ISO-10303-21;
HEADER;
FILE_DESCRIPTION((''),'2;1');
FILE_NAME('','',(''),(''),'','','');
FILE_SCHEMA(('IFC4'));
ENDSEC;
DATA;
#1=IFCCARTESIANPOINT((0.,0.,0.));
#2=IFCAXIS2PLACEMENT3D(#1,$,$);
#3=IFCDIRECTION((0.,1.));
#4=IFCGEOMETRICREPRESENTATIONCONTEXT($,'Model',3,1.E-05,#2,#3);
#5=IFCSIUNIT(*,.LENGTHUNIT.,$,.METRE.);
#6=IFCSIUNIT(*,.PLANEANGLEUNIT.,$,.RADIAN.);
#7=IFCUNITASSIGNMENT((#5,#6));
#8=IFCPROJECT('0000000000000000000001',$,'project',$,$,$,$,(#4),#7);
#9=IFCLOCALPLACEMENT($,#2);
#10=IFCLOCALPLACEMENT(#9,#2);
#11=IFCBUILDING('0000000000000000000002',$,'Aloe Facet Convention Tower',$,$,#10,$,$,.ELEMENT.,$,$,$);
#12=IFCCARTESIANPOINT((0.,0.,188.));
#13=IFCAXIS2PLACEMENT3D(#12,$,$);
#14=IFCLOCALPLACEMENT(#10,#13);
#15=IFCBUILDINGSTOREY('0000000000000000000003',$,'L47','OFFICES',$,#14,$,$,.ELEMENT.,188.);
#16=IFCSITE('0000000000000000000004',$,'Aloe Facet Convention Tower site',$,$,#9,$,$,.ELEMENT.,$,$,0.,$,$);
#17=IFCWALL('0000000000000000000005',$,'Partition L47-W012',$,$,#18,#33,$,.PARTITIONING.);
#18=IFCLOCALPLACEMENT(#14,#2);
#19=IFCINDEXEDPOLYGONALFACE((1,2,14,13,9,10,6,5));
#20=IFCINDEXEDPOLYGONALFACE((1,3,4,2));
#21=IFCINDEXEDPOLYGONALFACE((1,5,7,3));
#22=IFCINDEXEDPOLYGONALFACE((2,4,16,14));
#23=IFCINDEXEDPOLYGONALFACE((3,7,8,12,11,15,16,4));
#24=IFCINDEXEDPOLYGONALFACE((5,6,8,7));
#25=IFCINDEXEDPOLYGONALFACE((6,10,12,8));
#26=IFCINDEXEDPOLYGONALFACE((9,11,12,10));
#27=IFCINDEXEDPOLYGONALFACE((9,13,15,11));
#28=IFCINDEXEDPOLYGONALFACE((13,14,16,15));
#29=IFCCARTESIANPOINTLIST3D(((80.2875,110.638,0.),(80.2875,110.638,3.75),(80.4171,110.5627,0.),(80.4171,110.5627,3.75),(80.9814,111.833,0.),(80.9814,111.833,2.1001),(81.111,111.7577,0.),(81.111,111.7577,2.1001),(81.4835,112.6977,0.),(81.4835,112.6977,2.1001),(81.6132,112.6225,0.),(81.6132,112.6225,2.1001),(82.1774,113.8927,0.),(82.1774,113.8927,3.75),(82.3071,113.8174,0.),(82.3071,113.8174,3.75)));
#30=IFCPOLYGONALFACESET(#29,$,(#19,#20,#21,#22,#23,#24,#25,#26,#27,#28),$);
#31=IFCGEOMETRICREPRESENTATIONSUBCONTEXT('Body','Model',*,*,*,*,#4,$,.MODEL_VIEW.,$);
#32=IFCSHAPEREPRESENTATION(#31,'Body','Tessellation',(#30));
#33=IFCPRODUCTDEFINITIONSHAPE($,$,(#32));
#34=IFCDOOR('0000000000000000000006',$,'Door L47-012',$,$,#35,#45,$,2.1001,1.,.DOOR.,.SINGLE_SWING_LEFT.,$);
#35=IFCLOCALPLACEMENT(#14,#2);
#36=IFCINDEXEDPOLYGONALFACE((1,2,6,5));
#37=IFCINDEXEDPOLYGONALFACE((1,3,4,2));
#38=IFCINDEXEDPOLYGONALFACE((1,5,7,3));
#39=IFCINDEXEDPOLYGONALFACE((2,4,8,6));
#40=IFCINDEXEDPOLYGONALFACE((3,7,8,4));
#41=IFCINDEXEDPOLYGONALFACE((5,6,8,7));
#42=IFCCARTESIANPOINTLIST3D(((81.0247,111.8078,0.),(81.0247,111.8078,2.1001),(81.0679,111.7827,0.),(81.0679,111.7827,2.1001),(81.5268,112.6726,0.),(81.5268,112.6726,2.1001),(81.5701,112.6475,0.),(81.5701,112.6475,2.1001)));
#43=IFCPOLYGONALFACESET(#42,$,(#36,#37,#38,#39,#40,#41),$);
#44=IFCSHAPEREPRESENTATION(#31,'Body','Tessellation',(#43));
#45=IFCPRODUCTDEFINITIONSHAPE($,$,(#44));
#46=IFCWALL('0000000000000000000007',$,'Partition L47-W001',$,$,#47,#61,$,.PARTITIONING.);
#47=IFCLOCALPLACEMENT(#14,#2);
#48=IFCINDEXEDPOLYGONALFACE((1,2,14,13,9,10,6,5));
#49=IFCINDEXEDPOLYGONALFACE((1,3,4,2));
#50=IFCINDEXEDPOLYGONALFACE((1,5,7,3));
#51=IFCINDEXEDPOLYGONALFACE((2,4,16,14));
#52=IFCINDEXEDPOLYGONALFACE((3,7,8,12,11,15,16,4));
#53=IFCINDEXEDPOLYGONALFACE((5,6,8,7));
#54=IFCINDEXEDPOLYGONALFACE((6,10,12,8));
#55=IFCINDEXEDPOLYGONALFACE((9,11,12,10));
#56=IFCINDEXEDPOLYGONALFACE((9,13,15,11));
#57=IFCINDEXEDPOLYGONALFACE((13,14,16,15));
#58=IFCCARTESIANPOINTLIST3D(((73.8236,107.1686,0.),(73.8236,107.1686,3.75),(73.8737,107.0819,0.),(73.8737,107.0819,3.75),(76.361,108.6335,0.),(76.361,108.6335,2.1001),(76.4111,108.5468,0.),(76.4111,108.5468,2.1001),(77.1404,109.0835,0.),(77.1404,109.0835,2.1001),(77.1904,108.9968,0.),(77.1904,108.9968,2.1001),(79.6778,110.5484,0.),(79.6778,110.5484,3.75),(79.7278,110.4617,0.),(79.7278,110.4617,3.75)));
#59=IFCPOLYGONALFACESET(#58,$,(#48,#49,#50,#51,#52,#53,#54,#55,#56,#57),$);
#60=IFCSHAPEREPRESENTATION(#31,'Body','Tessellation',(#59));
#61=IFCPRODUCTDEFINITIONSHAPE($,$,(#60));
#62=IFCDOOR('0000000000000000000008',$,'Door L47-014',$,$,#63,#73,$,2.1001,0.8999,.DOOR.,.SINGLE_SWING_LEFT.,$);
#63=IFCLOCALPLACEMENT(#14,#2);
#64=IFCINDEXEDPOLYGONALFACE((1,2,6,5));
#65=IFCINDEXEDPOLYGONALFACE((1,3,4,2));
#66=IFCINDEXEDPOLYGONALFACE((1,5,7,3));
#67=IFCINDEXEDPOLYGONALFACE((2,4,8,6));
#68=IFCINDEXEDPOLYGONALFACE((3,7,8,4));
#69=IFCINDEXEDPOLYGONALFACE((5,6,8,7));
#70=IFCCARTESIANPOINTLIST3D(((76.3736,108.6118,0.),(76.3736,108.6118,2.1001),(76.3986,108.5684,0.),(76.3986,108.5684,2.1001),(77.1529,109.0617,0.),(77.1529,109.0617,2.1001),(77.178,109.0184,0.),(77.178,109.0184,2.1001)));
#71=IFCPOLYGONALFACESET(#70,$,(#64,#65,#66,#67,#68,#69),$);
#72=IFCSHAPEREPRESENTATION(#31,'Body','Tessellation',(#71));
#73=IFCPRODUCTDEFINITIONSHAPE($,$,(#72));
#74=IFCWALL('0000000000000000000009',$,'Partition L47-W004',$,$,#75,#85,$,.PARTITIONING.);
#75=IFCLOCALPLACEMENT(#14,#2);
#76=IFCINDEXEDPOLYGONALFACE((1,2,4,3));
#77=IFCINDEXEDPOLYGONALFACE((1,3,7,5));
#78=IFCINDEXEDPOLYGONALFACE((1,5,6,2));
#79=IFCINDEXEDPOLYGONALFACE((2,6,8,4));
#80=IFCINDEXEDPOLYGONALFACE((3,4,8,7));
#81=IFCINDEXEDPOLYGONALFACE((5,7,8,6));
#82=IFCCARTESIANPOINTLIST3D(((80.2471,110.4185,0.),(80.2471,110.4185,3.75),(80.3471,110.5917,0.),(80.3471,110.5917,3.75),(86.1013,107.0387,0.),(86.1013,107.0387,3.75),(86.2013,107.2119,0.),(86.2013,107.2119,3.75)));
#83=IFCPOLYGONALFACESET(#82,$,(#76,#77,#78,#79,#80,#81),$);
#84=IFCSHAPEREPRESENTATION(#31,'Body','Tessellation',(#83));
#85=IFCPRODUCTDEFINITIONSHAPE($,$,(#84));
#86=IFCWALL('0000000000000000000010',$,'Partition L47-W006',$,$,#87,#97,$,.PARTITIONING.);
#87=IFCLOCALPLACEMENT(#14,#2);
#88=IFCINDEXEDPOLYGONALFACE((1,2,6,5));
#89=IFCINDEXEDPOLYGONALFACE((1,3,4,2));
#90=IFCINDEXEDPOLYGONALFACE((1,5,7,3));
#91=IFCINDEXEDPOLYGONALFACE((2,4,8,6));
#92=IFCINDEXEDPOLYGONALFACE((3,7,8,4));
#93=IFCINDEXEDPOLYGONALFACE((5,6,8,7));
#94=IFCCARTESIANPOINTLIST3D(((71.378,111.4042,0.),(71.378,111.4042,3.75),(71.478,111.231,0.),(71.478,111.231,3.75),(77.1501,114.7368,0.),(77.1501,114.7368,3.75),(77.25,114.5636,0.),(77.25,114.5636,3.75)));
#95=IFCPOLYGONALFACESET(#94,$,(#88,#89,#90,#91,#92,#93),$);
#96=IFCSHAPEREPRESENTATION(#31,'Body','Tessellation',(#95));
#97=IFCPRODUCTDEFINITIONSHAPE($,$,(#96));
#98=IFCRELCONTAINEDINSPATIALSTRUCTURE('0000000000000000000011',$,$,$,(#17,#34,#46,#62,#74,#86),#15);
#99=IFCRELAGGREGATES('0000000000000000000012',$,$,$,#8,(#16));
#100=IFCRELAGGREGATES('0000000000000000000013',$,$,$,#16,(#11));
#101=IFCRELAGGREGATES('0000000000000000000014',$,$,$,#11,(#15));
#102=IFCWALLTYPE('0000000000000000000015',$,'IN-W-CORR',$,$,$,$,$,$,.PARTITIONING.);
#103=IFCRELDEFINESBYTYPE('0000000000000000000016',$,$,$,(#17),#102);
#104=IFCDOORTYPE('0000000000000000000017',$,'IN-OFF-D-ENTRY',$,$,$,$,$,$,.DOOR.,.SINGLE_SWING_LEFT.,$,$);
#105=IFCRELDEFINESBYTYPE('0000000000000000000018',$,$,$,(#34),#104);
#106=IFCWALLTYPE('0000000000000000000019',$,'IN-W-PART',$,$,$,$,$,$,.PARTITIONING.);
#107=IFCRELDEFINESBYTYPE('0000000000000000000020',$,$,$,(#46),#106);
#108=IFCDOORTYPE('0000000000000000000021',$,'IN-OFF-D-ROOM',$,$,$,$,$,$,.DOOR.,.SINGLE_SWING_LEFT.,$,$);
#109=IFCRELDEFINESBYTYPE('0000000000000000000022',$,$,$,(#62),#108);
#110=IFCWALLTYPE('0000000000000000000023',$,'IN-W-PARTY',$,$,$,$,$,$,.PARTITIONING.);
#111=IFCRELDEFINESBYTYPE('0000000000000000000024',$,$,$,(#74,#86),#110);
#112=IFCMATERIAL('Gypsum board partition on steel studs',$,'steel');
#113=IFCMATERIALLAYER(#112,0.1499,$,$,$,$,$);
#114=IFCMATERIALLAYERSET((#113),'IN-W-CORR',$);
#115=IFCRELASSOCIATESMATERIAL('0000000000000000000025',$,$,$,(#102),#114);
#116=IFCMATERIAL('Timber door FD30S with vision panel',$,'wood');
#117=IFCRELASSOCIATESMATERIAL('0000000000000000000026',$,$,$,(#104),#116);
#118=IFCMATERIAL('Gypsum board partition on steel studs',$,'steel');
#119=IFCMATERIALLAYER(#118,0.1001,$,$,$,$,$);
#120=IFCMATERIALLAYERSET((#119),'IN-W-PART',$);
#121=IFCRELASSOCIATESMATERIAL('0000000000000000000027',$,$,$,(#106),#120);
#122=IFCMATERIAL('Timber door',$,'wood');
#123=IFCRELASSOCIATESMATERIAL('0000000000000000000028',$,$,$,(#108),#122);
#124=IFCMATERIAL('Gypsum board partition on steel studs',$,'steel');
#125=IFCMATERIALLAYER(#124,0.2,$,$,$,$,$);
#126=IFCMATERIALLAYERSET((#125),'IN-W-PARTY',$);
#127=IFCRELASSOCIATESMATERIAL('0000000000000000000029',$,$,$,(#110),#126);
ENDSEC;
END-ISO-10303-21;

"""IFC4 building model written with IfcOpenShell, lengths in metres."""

from ifc_helpers import new_model, si_unit, direction, frame, frame_2d, origin, place, context, subcontext, project, spatial, rectangle, extrude, material, layer, layer_set, type_object, element, fill, save


model = new_model("IFC4")

# Units and contexts
model_context = context("Model", 3, precision=1e-05, world=origin(), true_north=direction((0.0, 1.0)))
body_context = subcontext(model_context, "Body", "Model", "MODEL_VIEW")
ifc_project = project(units=[si_unit("LENGTHUNIT", "METRE"), si_unit("PLANEANGLEUNIT", "RADIAN")], contexts=[model_context])

# Site, building, storey
site_placement = place(None, origin())
site = spatial("IfcSite", under=ifc_project, at=site_placement, Name="Aloe Facet Convention Tower site", CompositionType="ELEMENT", RefElevation=0.0)
building_placement = place(site_placement, origin())
building = spatial("IfcBuilding", under=site, at=building_placement, Name="Aloe Facet Convention Tower", CompositionType="ELEMENT")
storey_placement = place(building_placement, frame((0.0, 0.0, 188.0)))
storey = spatial("IfcBuildingStorey", under=building, at=storey_placement, Name="L47", Description="OFFICES", CompositionType="ELEMENT", Elevation=188.0)

# Shared definitions
ifc_material_1 = material(Name="Gypsum board partition on steel studs", Category="steel")
ifc_layer_1 = layer(ifc_material_1, 0.1499)
ifc_layer_set_1 = layer_set([ifc_layer_1], Name="IN-W-CORR")
wall_type_1 = type_object("IfcWallType", Name="IN-W-CORR", PredefinedType="PARTITIONING", material=ifc_layer_set_1)

# Walls, openings, doors
wall_1_placement = place(storey_placement, frame((80.3523, 110.6003, 0.0), z_axis=(0.0, 0.0, 1.0), x_axis=(0.502156, 0.864777, 0.0)))
wall_1 = element("IfcWall", 1, at=wall_1_placement, inside=storey, type_object=wall_type_1, Name="Partition L47-W012", PredefinedType="PARTITIONING", context=body_context, shape_type="SweptSolid", body=[
    extrude(rectangle(XDim=3.7637, YDim=0.1499, at=frame_2d((1.8818, 0.0))), origin(), (0.0, 0.0, 1.0), 3.75),
])
opening_1_placement = place(wall_1_placement, frame((1.3818, 0.0, 0.0)))
opening_1 = element("IfcOpeningElement", 2, at=opening_1_placement, cuts=wall_1, PredefinedType="OPENING", context=body_context, shape_type="SweptSolid", body=[
    extrude(rectangle(XDim=1.0, YDim=2.1001, at=frame_2d((0.5, 1.05))), frame((0.0, 0.085, 0.0), z_axis=(0.0, -1.0, 0.0), x_axis=(1.0, 0.0, 0.0)), (0.0, 0.0, 1.0), 0.1699),
])
ifc_material_2 = material(Name="Timber door FD30S with vision panel", Category="wood")
door_type_1 = type_object("IfcDoorType", Name="IN-OFF-D-ENTRY", OperationType="SINGLE_SWING_LEFT", PredefinedType="DOOR", material=ifc_material_2)
door_1_placement = place(opening_1_placement, origin())
door_1 = element("IfcDoor", 3, at=door_1_placement, inside=storey, type_object=door_type_1, Name="Door L47-012", OperationType="SINGLE_SWING_LEFT", OverallHeight=2.1001, OverallWidth=1.0, PredefinedType="DOOR", context=body_context, shape_type="SweptSolid", body=[
    extrude(rectangle(XDim=1.0, YDim=2.1001, at=frame_2d((0.5, 1.05))), frame((0.0, 0.0249, 0.0), z_axis=(0.0, -1.0, 0.0), x_axis=(1.0, 0.0, 0.0)), (0.0, 0.0, 1.0), 0.05),
])
fill(opening_1, door_1)
ifc_material_3 = material(Name="Gypsum board partition on steel studs", Category="steel")
ifc_layer_2 = layer(ifc_material_3, 0.1001)
ifc_layer_set_2 = layer_set([ifc_layer_2], Name="IN-W-PART")
wall_type_2 = type_object("IfcWallType", Name="IN-W-PART", PredefinedType="PARTITIONING", material=ifc_layer_set_2)
wall_2_placement = place(storey_placement, frame((73.8486, 107.1252, 0.0), z_axis=(0.0, 0.0, 1.0), x_axis=(0.86603, 0.499992, 0.0)))
wall_2 = element("IfcWall", 4, at=wall_2_placement, inside=storey, type_object=wall_type_2, Name="Partition L47-W001", PredefinedType="PARTITIONING", context=body_context, shape_type="SweptSolid", body=[
    extrude(rectangle(XDim=6.7598, YDim=0.1001, at=frame_2d((3.3799, 0.0))), origin(), (0.0, 0.0, 1.0), 3.75),
])
opening_2_placement = place(wall_2_placement, frame((2.9299, 0.0, 0.0)))
opening_2 = element("IfcOpeningElement", 5, at=opening_2_placement, cuts=wall_2, PredefinedType="OPENING", context=body_context, shape_type="SweptSolid", body=[
    extrude(rectangle(XDim=0.8999, YDim=2.1001, at=frame_2d((0.45, 1.05))), frame((0.0, 0.0601, 0.0), z_axis=(0.0, -1.0, 0.0), x_axis=(1.0, 0.0, 0.0)), (0.0, 0.0, 1.0), 0.1201),
])
ifc_material_4 = material(Name="Timber door", Category="wood")
door_type_2 = type_object("IfcDoorType", Name="IN-OFF-D-ROOM", OperationType="SINGLE_SWING_LEFT", PredefinedType="DOOR", material=ifc_material_4)
door_2_placement = place(opening_2_placement, origin())
door_2 = element("IfcDoor", 6, at=door_2_placement, inside=storey, type_object=door_type_2, Name="Door L47-014", OperationType="SINGLE_SWING_LEFT", OverallHeight=2.1001, OverallWidth=0.8999, PredefinedType="DOOR", context=body_context, shape_type="SweptSolid", body=[
    extrude(rectangle(XDim=0.8999, YDim=2.1001, at=frame_2d((0.45, 1.05))), frame((0.0, 0.0249, 0.0), z_axis=(0.0, -1.0, 0.0), x_axis=(1.0, 0.0, 0.0)), (0.0, 0.0, 1.0), 0.05),
])
fill(opening_2, door_2)

# Walls
ifc_material_5 = material(Name="Gypsum board partition on steel studs", Category="steel")
ifc_layer_3 = layer(ifc_material_5, 0.2)
ifc_layer_set_3 = layer_set([ifc_layer_3], Name="IN-W-PARTY")
wall_type_3 = type_object("IfcWallType", Name="IN-W-PARTY", PredefinedType="PARTITIONING", material=ifc_layer_set_3)
wall_3_placement = place(storey_placement, frame((80.2971, 110.5051, 0.0), z_axis=(0.0, 0.0, 1.0), x_axis=(0.86603, -0.499992, 0.0)))
element("IfcWall", 7, at=wall_3_placement, inside=storey, type_object=wall_type_3, Name="Partition L47-W004", PredefinedType="PARTITIONING", context=body_context, shape_type="SweptSolid", body=[
    extrude(rectangle(XDim=6.7598, YDim=0.2, at=frame_2d((3.3799, 0.0))), origin(), (0.0, 0.0, 1.0), 3.75),
])
wall_4_placement = place(storey_placement, frame((71.428, 111.3176, 0.0), z_axis=(0.0, 0.0, 1.0), x_axis=(0.866021, 0.500008, 0.0)))
element("IfcWall", 8, at=wall_4_placement, inside=storey, type_object=wall_type_3, Name="Partition L47-W006", PredefinedType="PARTITIONING", context=body_context, shape_type="SweptSolid", body=[
    extrude(rectangle(XDim=6.665, YDim=0.2, at=frame_2d((3.3325, 0.0))), origin(), (0.0, 0.0, 1.0), 3.75),
])

save(model, "model.ifc")
